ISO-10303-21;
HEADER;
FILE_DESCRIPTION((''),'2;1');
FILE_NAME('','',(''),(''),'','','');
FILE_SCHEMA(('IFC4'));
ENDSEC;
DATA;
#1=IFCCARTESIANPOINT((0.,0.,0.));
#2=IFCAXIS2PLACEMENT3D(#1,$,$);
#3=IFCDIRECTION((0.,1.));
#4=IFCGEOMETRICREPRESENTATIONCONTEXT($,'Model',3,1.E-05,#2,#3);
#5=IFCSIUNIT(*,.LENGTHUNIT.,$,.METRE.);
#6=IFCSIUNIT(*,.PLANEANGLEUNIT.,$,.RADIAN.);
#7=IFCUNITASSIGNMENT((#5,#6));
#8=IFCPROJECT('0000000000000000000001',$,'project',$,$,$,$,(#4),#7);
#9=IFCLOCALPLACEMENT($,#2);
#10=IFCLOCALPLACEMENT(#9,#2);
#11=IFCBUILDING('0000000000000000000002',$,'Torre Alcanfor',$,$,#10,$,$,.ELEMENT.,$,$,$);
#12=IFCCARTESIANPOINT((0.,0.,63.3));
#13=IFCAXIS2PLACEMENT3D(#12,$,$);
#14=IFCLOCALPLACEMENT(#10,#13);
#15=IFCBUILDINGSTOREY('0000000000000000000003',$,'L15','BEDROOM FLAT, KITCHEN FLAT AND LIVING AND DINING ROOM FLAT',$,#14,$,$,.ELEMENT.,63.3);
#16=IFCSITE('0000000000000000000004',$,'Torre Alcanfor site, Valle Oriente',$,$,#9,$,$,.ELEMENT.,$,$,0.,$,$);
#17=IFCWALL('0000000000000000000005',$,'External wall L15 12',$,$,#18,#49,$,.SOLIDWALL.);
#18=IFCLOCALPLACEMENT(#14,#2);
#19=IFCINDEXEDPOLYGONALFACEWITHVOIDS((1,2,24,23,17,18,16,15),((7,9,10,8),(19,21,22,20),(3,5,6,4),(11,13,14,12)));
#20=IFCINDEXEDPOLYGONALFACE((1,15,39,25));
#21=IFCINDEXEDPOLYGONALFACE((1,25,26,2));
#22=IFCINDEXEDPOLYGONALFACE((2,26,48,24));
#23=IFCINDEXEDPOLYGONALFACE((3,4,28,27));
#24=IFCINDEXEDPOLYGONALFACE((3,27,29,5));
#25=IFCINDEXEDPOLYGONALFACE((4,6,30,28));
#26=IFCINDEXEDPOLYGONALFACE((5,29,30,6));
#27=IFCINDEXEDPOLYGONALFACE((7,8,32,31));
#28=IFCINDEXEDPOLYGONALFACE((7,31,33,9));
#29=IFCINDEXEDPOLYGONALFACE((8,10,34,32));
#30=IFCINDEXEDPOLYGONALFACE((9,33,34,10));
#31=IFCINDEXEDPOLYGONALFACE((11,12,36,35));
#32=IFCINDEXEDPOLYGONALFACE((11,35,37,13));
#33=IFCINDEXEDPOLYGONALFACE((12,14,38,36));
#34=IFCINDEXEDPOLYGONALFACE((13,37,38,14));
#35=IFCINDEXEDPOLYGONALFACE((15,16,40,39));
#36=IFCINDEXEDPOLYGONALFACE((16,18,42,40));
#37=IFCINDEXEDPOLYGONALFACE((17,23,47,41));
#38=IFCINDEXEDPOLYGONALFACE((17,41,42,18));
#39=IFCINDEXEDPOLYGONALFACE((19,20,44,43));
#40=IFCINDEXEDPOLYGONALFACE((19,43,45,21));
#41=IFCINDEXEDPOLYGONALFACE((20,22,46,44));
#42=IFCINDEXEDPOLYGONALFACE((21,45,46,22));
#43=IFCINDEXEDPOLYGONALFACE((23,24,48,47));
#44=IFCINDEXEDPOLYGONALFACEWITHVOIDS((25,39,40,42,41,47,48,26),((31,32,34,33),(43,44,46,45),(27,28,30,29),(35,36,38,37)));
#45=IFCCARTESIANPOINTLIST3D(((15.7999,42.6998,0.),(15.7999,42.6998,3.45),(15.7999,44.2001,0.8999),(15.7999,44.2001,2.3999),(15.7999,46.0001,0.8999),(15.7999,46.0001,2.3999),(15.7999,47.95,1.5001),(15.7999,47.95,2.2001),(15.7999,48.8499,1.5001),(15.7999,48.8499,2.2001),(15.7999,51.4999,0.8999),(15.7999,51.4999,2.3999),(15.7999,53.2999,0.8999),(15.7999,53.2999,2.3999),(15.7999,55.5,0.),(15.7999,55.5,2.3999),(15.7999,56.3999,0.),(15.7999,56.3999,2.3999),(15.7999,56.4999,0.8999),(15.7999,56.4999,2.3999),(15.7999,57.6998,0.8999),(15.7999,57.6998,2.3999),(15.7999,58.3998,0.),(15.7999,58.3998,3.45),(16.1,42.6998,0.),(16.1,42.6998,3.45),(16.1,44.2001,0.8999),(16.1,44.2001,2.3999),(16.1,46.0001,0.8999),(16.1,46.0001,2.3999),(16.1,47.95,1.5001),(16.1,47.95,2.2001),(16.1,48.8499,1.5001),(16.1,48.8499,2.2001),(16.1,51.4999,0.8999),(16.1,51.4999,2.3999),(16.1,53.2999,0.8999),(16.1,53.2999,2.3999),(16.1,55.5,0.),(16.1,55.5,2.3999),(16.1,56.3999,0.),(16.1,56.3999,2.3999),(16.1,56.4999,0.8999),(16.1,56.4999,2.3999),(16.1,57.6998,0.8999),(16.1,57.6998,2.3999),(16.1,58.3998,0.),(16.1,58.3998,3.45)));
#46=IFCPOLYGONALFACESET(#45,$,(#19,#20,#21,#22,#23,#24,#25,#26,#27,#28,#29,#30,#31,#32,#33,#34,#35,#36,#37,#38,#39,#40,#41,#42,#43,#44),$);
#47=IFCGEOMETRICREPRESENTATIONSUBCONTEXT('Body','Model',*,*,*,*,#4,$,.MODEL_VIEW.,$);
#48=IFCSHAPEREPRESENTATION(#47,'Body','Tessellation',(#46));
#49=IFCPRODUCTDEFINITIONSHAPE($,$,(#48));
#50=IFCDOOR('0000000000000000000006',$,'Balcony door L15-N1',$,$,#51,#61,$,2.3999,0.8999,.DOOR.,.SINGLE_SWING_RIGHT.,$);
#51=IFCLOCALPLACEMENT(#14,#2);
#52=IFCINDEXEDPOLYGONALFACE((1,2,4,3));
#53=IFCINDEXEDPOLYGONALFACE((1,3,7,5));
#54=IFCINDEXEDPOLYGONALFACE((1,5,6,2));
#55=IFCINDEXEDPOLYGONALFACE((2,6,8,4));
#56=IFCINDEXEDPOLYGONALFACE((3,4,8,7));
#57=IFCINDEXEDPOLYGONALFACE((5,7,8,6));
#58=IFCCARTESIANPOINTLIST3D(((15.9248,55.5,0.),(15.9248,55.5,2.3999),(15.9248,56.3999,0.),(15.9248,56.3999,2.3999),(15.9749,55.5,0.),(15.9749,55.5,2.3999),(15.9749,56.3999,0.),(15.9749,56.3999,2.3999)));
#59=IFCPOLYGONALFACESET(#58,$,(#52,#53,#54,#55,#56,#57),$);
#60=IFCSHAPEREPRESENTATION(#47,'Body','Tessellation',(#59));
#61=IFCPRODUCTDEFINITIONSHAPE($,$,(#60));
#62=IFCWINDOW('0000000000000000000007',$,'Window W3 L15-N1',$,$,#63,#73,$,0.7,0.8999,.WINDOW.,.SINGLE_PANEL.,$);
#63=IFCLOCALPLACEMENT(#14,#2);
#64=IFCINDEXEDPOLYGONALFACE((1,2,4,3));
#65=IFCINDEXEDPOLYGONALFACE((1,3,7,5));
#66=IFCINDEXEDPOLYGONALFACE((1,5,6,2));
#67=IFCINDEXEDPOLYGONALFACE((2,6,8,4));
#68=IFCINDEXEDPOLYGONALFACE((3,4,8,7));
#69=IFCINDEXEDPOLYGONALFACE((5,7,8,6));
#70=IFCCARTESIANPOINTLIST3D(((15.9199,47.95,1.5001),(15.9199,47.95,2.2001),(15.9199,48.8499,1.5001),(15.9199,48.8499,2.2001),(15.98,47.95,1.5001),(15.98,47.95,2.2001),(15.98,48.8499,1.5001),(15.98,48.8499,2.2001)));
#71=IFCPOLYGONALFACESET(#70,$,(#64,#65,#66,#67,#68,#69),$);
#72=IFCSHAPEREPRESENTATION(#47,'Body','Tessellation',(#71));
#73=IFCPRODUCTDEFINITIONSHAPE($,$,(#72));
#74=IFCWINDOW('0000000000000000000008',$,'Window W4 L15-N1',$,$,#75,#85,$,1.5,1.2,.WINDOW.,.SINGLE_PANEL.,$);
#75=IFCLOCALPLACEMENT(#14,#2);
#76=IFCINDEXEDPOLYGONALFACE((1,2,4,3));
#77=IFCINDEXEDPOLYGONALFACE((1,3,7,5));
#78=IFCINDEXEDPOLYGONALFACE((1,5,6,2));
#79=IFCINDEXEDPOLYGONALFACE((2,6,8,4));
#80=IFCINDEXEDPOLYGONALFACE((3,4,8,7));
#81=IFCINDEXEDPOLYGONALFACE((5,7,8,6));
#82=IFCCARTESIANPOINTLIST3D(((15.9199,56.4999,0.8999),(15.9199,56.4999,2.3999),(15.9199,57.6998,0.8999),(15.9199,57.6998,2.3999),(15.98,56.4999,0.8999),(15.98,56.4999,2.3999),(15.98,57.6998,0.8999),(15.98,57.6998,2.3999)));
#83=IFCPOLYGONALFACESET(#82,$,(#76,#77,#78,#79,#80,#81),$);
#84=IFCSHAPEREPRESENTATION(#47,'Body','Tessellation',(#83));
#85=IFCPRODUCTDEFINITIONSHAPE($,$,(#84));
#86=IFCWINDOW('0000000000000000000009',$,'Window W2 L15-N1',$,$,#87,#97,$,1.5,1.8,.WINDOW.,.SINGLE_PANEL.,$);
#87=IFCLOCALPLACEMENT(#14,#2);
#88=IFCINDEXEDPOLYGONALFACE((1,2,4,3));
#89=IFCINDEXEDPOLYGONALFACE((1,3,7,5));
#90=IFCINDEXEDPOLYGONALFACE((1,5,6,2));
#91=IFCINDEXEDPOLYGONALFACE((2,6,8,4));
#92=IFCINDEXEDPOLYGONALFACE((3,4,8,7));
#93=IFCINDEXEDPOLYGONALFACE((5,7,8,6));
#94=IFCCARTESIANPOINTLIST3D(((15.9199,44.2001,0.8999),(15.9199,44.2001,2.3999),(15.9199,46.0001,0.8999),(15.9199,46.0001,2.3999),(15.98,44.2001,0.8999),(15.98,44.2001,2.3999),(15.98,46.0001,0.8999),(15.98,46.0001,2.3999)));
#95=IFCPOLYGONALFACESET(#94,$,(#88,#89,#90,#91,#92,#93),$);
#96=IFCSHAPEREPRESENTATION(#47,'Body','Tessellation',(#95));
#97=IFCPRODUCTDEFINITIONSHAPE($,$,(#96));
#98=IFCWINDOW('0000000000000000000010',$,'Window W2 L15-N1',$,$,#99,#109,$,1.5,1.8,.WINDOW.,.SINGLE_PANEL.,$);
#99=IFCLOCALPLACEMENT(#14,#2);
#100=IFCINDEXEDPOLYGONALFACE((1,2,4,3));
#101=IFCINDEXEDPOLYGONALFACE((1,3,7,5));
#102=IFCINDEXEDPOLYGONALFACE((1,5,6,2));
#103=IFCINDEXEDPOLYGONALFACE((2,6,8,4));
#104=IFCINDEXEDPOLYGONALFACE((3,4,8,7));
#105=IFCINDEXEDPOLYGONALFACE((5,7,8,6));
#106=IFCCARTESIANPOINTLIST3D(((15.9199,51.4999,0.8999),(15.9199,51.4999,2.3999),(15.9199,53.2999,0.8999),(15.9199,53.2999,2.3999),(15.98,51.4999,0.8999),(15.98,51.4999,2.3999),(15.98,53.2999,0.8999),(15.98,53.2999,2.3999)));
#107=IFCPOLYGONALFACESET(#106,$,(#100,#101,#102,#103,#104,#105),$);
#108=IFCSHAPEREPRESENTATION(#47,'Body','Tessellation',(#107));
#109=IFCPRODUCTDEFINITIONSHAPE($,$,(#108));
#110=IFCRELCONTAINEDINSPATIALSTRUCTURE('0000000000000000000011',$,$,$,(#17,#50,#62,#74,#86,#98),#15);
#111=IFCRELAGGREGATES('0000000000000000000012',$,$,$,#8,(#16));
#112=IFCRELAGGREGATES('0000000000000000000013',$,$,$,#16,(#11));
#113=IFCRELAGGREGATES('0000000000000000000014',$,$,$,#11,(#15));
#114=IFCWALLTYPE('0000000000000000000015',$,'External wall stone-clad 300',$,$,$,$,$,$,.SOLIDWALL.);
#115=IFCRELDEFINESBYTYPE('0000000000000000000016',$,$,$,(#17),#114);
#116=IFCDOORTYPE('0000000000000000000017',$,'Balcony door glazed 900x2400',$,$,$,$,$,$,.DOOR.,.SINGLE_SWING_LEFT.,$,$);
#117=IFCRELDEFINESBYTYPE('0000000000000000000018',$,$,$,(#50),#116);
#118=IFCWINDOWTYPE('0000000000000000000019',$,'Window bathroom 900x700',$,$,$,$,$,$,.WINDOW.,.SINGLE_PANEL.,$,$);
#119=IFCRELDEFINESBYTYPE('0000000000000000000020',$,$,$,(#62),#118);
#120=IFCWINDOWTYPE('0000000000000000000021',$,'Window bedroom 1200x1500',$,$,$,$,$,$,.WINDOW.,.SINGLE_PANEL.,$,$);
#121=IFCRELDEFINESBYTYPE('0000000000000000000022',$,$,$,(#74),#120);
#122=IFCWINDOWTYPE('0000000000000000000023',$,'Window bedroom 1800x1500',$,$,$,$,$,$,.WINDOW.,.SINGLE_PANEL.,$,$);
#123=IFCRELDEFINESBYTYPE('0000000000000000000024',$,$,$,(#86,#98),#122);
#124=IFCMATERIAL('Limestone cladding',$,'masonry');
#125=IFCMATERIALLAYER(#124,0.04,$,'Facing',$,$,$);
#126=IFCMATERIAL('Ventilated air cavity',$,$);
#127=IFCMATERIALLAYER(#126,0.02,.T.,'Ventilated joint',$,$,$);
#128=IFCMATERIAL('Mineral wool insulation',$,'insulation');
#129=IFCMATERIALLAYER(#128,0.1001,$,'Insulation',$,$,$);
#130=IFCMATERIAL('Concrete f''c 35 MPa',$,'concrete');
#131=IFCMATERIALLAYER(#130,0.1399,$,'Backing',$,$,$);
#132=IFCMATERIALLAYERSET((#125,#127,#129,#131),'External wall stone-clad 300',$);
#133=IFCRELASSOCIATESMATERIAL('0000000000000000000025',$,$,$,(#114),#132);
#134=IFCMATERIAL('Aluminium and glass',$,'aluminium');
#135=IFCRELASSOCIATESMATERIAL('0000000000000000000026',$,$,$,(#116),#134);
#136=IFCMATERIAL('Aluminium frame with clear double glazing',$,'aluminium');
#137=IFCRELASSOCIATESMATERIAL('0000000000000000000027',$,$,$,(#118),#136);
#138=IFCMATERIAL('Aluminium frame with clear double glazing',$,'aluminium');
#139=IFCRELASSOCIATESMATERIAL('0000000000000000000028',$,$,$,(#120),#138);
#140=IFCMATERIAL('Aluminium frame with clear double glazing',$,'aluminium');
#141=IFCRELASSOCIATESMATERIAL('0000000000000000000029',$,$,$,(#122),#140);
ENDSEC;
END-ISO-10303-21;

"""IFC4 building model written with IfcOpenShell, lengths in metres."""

from ifc_helpers import new_model, si_unit, direction, frame, frame_2d, origin, place, context, subcontext, project, spatial, rectangle, extrude, material, layer, layer_set, type_object, element, fill, save


model = new_model("IFC4")

# Units and contexts
model_context = context("Model", 3, precision=1e-05, world=origin(), true_north=direction((0.0, 1.0)))
body_context = subcontext(model_context, "Body", "Model", "MODEL_VIEW")
ifc_project = project(units=[si_unit("LENGTHUNIT", "METRE"), si_unit("PLANEANGLEUNIT", "RADIAN")], contexts=[model_context])

# Site, building, storey
site_placement = place(None, origin())
site = spatial("IfcSite", under=ifc_project, at=site_placement, Name="Torre Alcanfor site, Valle Oriente", CompositionType="ELEMENT", RefElevation=0.0)
building_placement = place(site_placement, origin())
building = spatial("IfcBuilding", under=site, at=building_placement, Name="Torre Alcanfor", CompositionType="ELEMENT")
storey_placement = place(building_placement, frame((0.0, 0.0, 63.3)))
storey = spatial("IfcBuildingStorey", under=building, at=storey_placement, Name="L15", Description="BEDROOM FLAT, KITCHEN FLAT AND LIVING AND DINING ROOM FLAT", CompositionType="ELEMENT", Elevation=63.3)

# Wall, openings, door, windows
ifc_material_1 = material(Name="Limestone cladding", Category="masonry")
ifc_layer_1 = layer(ifc_material_1, 0.04, Name="Facing")
ifc_material_2 = material(Name="Ventilated air cavity")
ifc_layer_2 = layer(ifc_material_2, 0.02, ventilated=True, Name="Ventilated joint")
ifc_material_3 = material(Name="Mineral wool insulation", Category="insulation")
ifc_layer_3 = layer(ifc_material_3, 0.1001, Name="Insulation")
ifc_material_4 = material(Name="Concrete f'c 35 MPa", Category="concrete")
ifc_layer_4 = layer(ifc_material_4, 0.1399, Name="Backing")
ifc_layer_set_1 = layer_set([ifc_layer_1, ifc_layer_2, ifc_layer_3, ifc_layer_4], Name="External wall stone-clad 300")
wall_type_1 = type_object("IfcWallType", Name="External wall stone-clad 300", PredefinedType="SOLIDWALL", material=ifc_layer_set_1)
ifc_material_5 = material(Name="Aluminium and glass", Category="aluminium")
door_type = type_object("IfcDoorType", Name="Balcony door glazed 900x2400", OperationType="SINGLE_SWING_LEFT", PredefinedType="DOOR", material=ifc_material_5)
ifc_material_6 = material(Name="Aluminium frame with clear double glazing", Category="aluminium")
window_type_1 = type_object("IfcWindowType", Name="Window bathroom 900x700", PartitioningType="SINGLE_PANEL", PredefinedType="WINDOW", material=ifc_material_6)
ifc_material_7 = material(Name="Aluminium frame with clear double glazing", Category="aluminium")
window_type_2 = type_object("IfcWindowType", Name="Window bedroom 1200x1500", PartitioningType="SINGLE_PANEL", PredefinedType="WINDOW", material=ifc_material_7)
ifc_material_8 = material(Name="Aluminium frame with clear double glazing", Category="aluminium")
window_type_3 = type_object("IfcWindowType", Name="Window bedroom 1800x1500", PartitioningType="SINGLE_PANEL", PredefinedType="WINDOW", material=ifc_material_8)
wall_1_placement = place(storey_placement, frame((15.95, 58.3999, 0.0), z_axis=(0.0, 0.0, 1.0), x_axis=(0.0, -1.0, 0.0)))
wall_1 = element("IfcWall", 1, at=wall_1_placement, inside=storey, type_object=wall_type_1, Name="External wall L15 12", PredefinedType="SOLIDWALL", context=body_context, shape_type="SweptSolid", body=[
    extrude(rectangle(XDim=15.7, YDim=0.3, at=frame_2d((7.8501, 0.0))), origin(), (0.0, 0.0, 1.0), 3.45),
])
opening_1_placement = place(wall_1_placement, frame((12.3999, 0.0, 0.8999)))
opening_1 = element("IfcOpeningElement", 2, at=opening_1_placement, cuts=wall_1, PredefinedType="OPENING", context=body_context, shape_type="SweptSolid", body=[
    extrude(rectangle(XDim=1.8, YDim=1.5, at=frame_2d((0.8999, 0.75))), frame((0.0, 0.1599, 0.0), z_axis=(0.0, -1.0, 0.0), x_axis=(1.0, 0.0, 0.0)), (0.0, 0.0, 1.0), 0.3201),
])
opening_2_placement = place(wall_1_placement, frame((9.55, 0.0, 1.5)))
opening_2 = element("IfcOpeningElement", 3, at=opening_2_placement, cuts=wall_1, PredefinedType="OPENING", context=body_context, shape_type="SweptSolid", body=[
    extrude(rectangle(XDim=0.8999, YDim=0.7, at=frame_2d((0.45, 0.3501))), frame((0.0, 0.1599, 0.0), z_axis=(0.0, -1.0, 0.0), x_axis=(1.0, 0.0, 0.0)), (0.0, 0.0, 1.0), 0.3201),
])
opening_3_placement = place(wall_1_placement, frame((5.1001, 0.0, 0.8999)))
opening_3 = element("IfcOpeningElement", 4, at=opening_3_placement, cuts=wall_1, PredefinedType="OPENING", context=body_context, shape_type="SweptSolid", body=[
    extrude(rectangle(XDim=1.8, YDim=1.5, at=frame_2d((0.8999, 0.75))), frame((0.0, 0.1599, 0.0), z_axis=(0.0, -1.0, 0.0), x_axis=(1.0, 0.0, 0.0)), (0.0, 0.0, 1.0), 0.3201),
])
opening_4_placement = place(wall_1_placement, frame((2.0, 0.0, 0.0)))
opening_4 = element("IfcOpeningElement", 5, at=opening_4_placement, cuts=wall_1, PredefinedType="OPENING", context=body_context, shape_type="SweptSolid", body=[
    extrude(rectangle(XDim=0.8999, YDim=2.3999, at=frame_2d((0.45, 1.2))), frame((0.0, 0.1599, 0.0), z_axis=(0.0, -1.0, 0.0), x_axis=(1.0, 0.0, 0.0)), (0.0, 0.0, 1.0), 0.3201),
])
opening_5_placement = place(wall_1_placement, frame((0.7, 0.0, 0.8999)))
opening_5 = element("IfcOpeningElement", 6, at=opening_5_placement, cuts=wall_1, PredefinedType="OPENING", context=body_context, shape_type="SweptSolid", body=[
    extrude(rectangle(XDim=1.2, YDim=1.5, at=frame_2d((0.6001, 0.75))), frame((0.0, 0.1599, 0.0), z_axis=(0.0, -1.0, 0.0), x_axis=(1.0, 0.0, 0.0)), (0.0, 0.0, 1.0), 0.3201),
])
door_1_placement = place(opening_4_placement, origin())
door_1 = element("IfcDoor", 7, at=door_1_placement, inside=storey, type_object=door_type, Name="Balcony door L15-N1", OperationType="SINGLE_SWING_RIGHT", OverallHeight=2.3999, OverallWidth=0.8999, PredefinedType="DOOR", context=body_context, shape_type="SweptSolid", body=[
    extrude(rectangle(XDim=0.8999, YDim=2.3999, at=frame_2d((0.45, 1.2))), frame((0.0, 0.0249, 0.0), z_axis=(0.0, -1.0, 0.0), x_axis=(1.0, 0.0, 0.0)), (0.0, 0.0, 1.0), 0.05),
])
fill(opening_4, door_1)
window_1_placement = place(opening_2_placement, origin())
window_1 = element("IfcWindow", 8, at=window_1_placement, inside=storey, type_object=window_type_1, Name="Window W3 L15-N1", OverallHeight=0.7, OverallWidth=0.8999, PartitioningType="SINGLE_PANEL", PredefinedType="WINDOW", context=body_context, shape_type="SweptSolid", body=[
    extrude(rectangle(XDim=0.8999, YDim=0.7, at=frame_2d((0.45, 0.3501))), frame((0.0, 0.03, 0.0), z_axis=(0.0, -1.0, 0.0), x_axis=(1.0, 0.0, 0.0)), (0.0, 0.0, 1.0), 0.0601),
])
fill(opening_2, window_1)
window_2_placement = place(opening_5_placement, origin())
window_2 = element("IfcWindow", 9, at=window_2_placement, inside=storey, type_object=window_type_2, Name="Window W4 L15-N1", OverallHeight=1.5, OverallWidth=1.2, PartitioningType="SINGLE_PANEL", PredefinedType="WINDOW", context=body_context, shape_type="SweptSolid", body=[
    extrude(rectangle(XDim=1.2, YDim=1.5, at=frame_2d((0.6001, 0.75))), frame((0.0, 0.03, 0.0), z_axis=(0.0, -1.0, 0.0), x_axis=(1.0, 0.0, 0.0)), (0.0, 0.0, 1.0), 0.0601),
])
fill(opening_5, window_2)
window_3_placement = place(opening_1_placement, origin())
window_3 = element("IfcWindow", 10, at=window_3_placement, inside=storey, type_object=window_type_3, Name="Window W2 L15-N1", OverallHeight=1.5, OverallWidth=1.8, PartitioningType="SINGLE_PANEL", PredefinedType="WINDOW", context=body_context, shape_type="SweptSolid", body=[
    extrude(rectangle(XDim=1.8, YDim=1.5, at=frame_2d((0.8999, 0.75))), frame((0.0, 0.03, 0.0), z_axis=(0.0, -1.0, 0.0), x_axis=(1.0, 0.0, 0.0)), (0.0, 0.0, 1.0), 0.0601),
])
fill(opening_1, window_3)
window_4_placement = place(opening_3_placement, origin())
window_4 = element("IfcWindow", 11, at=window_4_placement, inside=storey, type_object=window_type_3, Name="Window W2 L15-N1", OverallHeight=1.5, OverallWidth=1.8, PartitioningType="SINGLE_PANEL", PredefinedType="WINDOW", context=body_context, shape_type="SweptSolid", body=[
    extrude(rectangle(XDim=1.8, YDim=1.5, at=frame_2d((0.8999, 0.75))), frame((0.0, 0.03, 0.0), z_axis=(0.0, -1.0, 0.0), x_axis=(1.0, 0.0, 0.0)), (0.0, 0.0, 1.0), 0.0601),
])
fill(opening_3, window_4)

save(model, "model.ifc")
